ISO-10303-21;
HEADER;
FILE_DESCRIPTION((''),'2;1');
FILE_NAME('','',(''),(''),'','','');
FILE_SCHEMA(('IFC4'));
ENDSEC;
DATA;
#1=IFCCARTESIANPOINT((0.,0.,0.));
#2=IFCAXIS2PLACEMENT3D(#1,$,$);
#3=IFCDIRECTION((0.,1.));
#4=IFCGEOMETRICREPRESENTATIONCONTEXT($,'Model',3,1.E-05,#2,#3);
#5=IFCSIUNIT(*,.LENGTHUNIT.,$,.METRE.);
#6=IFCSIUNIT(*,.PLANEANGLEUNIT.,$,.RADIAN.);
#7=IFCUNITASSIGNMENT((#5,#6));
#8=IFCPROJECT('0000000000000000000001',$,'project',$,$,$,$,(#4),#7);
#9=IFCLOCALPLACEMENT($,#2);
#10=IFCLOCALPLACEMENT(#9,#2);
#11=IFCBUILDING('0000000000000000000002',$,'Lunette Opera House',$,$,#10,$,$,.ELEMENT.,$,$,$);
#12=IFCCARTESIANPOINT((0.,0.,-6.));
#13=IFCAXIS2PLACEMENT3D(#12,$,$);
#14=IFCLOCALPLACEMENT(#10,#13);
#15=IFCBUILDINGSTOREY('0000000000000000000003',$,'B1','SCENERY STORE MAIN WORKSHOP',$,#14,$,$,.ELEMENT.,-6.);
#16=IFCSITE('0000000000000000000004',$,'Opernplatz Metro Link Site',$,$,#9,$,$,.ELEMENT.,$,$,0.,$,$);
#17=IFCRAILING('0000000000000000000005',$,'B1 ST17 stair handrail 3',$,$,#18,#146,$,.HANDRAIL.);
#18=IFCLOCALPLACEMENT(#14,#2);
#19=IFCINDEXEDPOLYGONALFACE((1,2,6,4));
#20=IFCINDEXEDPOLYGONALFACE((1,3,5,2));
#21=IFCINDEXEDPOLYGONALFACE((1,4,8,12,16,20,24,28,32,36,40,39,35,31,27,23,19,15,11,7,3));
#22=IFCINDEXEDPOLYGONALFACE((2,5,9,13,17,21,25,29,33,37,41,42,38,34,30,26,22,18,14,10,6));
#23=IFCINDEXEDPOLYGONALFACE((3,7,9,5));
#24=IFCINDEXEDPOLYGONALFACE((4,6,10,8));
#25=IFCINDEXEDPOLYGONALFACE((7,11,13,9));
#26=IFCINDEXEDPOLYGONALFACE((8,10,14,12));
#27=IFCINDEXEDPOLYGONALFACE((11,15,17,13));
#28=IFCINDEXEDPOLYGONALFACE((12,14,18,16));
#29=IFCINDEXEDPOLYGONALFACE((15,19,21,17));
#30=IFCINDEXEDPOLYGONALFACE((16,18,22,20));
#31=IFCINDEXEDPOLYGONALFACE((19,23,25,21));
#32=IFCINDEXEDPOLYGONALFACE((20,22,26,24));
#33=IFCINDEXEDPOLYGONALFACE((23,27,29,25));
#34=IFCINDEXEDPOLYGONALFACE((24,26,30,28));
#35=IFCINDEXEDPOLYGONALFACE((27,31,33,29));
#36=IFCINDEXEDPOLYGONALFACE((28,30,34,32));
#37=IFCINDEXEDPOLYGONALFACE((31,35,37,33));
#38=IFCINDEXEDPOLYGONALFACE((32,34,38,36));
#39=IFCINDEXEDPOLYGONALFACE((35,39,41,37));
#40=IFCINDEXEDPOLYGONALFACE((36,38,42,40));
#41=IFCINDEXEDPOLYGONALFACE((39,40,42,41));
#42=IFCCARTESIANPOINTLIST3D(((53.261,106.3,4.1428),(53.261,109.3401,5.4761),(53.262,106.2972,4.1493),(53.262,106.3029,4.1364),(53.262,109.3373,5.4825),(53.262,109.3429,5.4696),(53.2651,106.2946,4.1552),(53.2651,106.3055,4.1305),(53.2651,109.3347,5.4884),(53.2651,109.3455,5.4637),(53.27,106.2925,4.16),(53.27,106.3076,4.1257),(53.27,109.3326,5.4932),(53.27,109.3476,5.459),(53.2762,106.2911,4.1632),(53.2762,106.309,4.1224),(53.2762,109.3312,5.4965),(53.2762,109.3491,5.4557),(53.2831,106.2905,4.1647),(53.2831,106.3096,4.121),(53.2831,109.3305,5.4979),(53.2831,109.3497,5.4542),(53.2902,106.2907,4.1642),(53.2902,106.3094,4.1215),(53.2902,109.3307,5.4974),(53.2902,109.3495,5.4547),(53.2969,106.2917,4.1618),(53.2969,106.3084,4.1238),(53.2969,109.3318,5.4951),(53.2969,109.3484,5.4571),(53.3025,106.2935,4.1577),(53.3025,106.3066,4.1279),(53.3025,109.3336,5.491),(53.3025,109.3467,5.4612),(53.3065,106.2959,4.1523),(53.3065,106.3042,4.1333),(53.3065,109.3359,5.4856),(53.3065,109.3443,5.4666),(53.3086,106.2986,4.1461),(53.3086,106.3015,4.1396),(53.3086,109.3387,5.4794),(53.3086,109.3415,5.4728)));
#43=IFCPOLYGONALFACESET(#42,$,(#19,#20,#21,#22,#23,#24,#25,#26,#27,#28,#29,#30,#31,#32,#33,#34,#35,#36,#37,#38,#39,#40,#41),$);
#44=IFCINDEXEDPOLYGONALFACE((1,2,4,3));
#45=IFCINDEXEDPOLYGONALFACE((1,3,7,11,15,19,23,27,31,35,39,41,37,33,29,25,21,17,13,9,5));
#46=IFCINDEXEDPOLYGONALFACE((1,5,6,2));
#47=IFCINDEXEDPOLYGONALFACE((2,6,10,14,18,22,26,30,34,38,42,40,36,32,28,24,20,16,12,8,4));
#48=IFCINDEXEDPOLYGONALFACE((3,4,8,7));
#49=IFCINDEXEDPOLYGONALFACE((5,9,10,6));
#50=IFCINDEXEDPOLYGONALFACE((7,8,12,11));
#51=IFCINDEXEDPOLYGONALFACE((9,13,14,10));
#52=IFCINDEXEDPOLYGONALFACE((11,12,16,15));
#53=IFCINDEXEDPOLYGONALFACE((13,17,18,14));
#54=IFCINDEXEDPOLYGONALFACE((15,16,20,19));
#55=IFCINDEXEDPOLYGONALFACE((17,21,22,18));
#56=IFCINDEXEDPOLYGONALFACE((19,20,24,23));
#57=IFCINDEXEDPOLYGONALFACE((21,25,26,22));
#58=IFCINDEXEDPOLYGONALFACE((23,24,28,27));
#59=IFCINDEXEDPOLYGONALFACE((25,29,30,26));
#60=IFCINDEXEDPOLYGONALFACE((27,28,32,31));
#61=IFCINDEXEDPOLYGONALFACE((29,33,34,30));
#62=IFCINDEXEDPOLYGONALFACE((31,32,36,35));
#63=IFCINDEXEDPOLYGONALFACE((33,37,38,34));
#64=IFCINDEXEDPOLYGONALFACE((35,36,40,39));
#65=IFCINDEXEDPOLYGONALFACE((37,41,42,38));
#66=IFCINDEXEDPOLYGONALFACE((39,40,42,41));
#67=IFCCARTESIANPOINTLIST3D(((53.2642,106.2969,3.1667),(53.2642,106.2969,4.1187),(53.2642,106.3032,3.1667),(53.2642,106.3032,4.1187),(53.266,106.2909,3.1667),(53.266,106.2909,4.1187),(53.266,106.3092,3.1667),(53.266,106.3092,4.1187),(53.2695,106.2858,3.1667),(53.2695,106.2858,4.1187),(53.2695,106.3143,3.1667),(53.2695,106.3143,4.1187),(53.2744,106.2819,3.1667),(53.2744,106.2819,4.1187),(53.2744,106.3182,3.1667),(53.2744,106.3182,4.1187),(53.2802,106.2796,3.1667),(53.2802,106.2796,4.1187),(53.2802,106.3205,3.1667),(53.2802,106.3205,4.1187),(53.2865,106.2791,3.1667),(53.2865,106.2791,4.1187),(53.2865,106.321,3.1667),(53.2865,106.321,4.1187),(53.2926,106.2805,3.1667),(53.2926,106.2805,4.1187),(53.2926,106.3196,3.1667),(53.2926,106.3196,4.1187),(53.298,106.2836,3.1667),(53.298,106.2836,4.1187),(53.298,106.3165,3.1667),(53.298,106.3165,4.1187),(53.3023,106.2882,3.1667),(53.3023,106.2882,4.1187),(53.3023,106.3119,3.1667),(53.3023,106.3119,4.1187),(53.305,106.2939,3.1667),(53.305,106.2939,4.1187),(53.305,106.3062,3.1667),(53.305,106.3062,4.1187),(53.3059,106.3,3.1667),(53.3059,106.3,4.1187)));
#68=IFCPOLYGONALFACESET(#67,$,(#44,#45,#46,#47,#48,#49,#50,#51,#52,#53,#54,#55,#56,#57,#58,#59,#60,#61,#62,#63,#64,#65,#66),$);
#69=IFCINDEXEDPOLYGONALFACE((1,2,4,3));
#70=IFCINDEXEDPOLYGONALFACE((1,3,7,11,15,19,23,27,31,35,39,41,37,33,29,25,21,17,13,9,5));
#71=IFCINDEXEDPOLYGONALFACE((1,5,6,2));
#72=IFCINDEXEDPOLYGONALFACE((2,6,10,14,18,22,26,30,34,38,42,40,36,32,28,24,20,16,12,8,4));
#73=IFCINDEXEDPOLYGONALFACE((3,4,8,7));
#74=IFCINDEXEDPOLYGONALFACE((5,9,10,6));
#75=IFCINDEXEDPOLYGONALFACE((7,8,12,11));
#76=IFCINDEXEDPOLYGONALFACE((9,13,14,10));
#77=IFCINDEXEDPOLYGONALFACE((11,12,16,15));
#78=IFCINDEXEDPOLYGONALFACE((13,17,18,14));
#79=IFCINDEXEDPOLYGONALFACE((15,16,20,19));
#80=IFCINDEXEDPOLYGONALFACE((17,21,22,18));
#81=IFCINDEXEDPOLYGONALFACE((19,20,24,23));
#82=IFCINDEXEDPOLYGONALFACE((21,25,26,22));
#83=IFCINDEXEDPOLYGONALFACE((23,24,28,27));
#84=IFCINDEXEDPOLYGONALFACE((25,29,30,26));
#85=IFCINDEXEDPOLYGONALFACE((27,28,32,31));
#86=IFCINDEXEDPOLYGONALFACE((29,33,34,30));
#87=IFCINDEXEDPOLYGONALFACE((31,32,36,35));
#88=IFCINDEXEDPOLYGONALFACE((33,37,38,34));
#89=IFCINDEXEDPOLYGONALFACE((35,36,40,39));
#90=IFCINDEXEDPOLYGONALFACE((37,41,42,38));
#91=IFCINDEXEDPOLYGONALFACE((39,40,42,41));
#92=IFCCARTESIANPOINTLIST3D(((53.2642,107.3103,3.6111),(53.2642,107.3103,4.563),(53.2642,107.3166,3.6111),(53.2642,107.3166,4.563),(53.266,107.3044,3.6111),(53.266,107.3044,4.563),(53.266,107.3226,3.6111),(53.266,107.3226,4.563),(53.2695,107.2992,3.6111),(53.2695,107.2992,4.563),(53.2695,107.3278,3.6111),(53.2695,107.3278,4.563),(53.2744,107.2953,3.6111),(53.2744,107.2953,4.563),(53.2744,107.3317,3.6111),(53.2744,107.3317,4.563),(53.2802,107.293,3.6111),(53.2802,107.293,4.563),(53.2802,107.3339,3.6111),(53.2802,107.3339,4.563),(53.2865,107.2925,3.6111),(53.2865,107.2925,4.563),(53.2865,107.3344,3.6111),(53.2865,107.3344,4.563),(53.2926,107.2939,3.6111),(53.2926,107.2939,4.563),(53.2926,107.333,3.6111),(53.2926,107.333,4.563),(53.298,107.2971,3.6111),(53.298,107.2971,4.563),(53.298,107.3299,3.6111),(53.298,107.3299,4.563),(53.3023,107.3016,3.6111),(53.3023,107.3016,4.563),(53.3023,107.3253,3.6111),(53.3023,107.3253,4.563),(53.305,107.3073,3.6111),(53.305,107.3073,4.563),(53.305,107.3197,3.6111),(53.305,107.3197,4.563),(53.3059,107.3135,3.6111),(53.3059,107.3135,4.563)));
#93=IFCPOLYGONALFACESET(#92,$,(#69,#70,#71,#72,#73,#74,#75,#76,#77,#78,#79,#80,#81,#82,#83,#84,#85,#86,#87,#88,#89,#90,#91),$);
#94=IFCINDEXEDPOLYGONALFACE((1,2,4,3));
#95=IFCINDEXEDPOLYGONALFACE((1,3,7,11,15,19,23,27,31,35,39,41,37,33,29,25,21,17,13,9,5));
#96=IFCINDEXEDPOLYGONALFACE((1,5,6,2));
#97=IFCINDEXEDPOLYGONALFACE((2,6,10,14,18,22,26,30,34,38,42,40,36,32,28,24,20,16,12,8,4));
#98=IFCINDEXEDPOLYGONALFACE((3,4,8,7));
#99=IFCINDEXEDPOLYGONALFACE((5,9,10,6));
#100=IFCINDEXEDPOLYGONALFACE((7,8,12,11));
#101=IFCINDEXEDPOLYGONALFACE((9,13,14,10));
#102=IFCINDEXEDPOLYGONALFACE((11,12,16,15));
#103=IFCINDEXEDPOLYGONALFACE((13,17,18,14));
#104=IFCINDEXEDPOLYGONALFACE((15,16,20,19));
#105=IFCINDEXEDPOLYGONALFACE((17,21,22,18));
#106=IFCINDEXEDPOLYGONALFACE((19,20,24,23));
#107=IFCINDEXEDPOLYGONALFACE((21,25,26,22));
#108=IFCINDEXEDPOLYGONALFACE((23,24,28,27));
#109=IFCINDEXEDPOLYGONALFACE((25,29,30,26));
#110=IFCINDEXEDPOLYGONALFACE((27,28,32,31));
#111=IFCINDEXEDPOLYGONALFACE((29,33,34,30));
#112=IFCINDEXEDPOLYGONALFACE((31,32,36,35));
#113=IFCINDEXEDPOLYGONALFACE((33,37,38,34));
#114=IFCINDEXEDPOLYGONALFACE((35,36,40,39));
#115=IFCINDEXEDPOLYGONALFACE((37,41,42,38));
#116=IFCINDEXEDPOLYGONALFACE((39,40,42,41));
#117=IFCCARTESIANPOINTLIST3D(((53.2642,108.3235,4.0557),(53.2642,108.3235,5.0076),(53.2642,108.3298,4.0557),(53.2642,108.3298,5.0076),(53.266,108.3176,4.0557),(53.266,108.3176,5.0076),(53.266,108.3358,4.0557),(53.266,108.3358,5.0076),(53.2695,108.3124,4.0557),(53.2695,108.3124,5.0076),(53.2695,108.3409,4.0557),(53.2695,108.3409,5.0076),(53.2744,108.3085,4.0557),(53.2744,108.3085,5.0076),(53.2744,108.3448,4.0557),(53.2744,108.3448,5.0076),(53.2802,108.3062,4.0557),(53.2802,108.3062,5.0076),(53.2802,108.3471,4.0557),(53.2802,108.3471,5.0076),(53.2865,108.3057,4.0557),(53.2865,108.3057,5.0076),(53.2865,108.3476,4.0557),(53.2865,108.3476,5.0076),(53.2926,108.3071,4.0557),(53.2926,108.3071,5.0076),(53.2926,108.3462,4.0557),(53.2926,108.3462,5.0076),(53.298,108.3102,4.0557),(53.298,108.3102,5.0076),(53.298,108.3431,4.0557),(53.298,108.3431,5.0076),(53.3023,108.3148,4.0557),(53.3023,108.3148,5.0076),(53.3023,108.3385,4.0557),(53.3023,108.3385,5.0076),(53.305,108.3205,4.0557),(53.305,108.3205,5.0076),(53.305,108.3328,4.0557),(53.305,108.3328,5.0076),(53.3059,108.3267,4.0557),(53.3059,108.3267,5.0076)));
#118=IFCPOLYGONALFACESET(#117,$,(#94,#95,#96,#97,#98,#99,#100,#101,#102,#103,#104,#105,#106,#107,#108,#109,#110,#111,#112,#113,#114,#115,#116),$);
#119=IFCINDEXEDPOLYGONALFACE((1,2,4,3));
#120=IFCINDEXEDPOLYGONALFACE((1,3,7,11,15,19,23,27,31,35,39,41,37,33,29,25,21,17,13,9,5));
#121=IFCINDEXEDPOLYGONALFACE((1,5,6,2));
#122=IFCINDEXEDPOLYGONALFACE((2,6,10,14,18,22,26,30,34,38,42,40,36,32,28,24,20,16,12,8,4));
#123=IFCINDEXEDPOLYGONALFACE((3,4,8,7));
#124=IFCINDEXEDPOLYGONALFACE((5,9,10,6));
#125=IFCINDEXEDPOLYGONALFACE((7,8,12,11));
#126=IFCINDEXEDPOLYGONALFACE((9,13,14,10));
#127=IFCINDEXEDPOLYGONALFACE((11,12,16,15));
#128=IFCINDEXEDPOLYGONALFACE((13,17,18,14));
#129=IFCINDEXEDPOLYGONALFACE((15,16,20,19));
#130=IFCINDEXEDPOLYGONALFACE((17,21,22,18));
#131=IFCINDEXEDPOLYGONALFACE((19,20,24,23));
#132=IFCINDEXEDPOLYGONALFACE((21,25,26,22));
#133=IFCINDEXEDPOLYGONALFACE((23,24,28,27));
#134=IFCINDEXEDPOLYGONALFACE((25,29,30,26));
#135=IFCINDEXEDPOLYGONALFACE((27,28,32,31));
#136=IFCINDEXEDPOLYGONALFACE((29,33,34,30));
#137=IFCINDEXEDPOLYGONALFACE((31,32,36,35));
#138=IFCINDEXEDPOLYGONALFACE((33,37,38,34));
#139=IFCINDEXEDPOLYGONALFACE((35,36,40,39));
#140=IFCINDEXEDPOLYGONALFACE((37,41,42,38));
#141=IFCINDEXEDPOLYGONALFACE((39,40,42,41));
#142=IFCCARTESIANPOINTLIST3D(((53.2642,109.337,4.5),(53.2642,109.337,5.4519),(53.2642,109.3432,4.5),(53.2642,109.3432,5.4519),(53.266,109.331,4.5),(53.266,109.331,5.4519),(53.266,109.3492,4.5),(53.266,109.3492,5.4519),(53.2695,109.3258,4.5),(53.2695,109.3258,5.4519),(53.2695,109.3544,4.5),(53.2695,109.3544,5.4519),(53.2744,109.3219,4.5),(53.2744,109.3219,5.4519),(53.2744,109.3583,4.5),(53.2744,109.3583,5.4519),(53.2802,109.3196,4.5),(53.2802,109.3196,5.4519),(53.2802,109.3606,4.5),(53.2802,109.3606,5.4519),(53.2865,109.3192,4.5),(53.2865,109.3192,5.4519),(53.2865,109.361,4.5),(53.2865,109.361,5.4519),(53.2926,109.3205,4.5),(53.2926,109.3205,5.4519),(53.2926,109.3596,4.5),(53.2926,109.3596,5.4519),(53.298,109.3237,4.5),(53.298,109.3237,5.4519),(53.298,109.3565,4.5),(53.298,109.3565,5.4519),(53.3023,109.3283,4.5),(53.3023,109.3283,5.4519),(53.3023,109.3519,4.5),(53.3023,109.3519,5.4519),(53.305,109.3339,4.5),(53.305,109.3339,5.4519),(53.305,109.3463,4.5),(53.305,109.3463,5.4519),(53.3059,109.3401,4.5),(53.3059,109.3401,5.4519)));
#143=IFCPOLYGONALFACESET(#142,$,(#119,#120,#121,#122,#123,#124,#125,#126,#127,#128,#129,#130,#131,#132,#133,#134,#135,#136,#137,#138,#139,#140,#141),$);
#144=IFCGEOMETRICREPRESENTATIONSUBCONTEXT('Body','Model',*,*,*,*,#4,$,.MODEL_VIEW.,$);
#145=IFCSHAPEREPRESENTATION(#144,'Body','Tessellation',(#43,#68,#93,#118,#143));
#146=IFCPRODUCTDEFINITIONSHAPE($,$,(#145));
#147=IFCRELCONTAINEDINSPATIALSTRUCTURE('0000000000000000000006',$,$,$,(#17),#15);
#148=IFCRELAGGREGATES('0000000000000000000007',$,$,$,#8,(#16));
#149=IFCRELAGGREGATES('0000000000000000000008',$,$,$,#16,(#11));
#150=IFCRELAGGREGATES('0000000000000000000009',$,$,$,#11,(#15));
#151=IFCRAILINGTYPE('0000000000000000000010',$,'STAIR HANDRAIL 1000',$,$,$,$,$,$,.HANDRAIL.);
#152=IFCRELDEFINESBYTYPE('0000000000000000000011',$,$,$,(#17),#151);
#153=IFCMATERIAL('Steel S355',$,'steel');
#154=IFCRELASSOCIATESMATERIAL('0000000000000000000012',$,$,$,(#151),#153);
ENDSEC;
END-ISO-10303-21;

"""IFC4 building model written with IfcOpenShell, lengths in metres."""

from ifc_helpers import new_model, si_unit, direction, frame, origin, origin_2d, place, context, subcontext, project, spatial, circle, extrude, material, type_object, element, save


model = new_model("IFC4")

# Units and contexts
model_context = context("Model", 3, precision=1e-05, world=origin(), true_north=direction((0.0, 1.0)))
body_context = subcontext(model_context, "Body", "Model", "MODEL_VIEW")
ifc_project = project(units=[si_unit("LENGTHUNIT", "METRE"), si_unit("PLANEANGLEUNIT", "RADIAN")], contexts=[model_context])

# Site, building, storey
site_placement = place(None, origin())
site = spatial("IfcSite", under=ifc_project, at=site_placement, Name="Opernplatz Metro Link Site", CompositionType="ELEMENT", RefElevation=0.0)
building_placement = place(site_placement, origin())
building = spatial("IfcBuilding", under=site, at=building_placement, Name="Lunette Opera House", CompositionType="ELEMENT")
storey_placement = place(building_placement, frame((0.0, 0.0, -6.0)))
storey = spatial("IfcBuildingStorey", under=building, at=storey_placement, Name="B1", Description="SCENERY STORE MAIN WORKSHOP", CompositionType="ELEMENT", Elevation=-6.0)

# Railing
ifc_material_1 = material(Name="Steel S355", Category="steel")
railing_type_1 = type_object("IfcRailingType", Name="STAIR HANDRAIL 1000", PredefinedType="HANDRAIL", material=ifc_material_1)
railing_1_placement = place(storey_placement, frame((53.2849, 106.3, 3.1667)))
element("IfcRailing", 1, at=railing_1_placement, inside=storey, type_object=railing_type_1, Name="B1 ST17 stair handrail 3", PredefinedType="HANDRAIL", context=body_context, shape_type="SweptSolid", body=[
    extrude(circle(Radius=0.0239, at=origin_2d()), frame((0.0, 0.0, 0.9761), z_axis=(0.0, 0.915799, 0.401637), x_axis=(-1.0, 0.0, 0.0)), (0.0, 0.0, 1.0), 3.3196),
    extrude(circle(Radius=0.021, at=origin_2d()), origin(), (0.0, 0.0, 1.0), 0.9519),
    extrude(circle(Radius=0.021, at=origin_2d()), frame((0.0, 1.0134, 0.4443)), (0.0, 0.0, 1.0), 0.9519),
    extrude(circle(Radius=0.021, at=origin_2d()), frame((0.0, 2.0266, 0.8889)), (0.0, 0.0, 1.0), 0.9519),
    extrude(circle(Radius=0.021, at=origin_2d()), frame((0.0, 3.04, 1.3333)), (0.0, 0.0, 1.0), 0.9519),
])

save(model, "model.ifc")
